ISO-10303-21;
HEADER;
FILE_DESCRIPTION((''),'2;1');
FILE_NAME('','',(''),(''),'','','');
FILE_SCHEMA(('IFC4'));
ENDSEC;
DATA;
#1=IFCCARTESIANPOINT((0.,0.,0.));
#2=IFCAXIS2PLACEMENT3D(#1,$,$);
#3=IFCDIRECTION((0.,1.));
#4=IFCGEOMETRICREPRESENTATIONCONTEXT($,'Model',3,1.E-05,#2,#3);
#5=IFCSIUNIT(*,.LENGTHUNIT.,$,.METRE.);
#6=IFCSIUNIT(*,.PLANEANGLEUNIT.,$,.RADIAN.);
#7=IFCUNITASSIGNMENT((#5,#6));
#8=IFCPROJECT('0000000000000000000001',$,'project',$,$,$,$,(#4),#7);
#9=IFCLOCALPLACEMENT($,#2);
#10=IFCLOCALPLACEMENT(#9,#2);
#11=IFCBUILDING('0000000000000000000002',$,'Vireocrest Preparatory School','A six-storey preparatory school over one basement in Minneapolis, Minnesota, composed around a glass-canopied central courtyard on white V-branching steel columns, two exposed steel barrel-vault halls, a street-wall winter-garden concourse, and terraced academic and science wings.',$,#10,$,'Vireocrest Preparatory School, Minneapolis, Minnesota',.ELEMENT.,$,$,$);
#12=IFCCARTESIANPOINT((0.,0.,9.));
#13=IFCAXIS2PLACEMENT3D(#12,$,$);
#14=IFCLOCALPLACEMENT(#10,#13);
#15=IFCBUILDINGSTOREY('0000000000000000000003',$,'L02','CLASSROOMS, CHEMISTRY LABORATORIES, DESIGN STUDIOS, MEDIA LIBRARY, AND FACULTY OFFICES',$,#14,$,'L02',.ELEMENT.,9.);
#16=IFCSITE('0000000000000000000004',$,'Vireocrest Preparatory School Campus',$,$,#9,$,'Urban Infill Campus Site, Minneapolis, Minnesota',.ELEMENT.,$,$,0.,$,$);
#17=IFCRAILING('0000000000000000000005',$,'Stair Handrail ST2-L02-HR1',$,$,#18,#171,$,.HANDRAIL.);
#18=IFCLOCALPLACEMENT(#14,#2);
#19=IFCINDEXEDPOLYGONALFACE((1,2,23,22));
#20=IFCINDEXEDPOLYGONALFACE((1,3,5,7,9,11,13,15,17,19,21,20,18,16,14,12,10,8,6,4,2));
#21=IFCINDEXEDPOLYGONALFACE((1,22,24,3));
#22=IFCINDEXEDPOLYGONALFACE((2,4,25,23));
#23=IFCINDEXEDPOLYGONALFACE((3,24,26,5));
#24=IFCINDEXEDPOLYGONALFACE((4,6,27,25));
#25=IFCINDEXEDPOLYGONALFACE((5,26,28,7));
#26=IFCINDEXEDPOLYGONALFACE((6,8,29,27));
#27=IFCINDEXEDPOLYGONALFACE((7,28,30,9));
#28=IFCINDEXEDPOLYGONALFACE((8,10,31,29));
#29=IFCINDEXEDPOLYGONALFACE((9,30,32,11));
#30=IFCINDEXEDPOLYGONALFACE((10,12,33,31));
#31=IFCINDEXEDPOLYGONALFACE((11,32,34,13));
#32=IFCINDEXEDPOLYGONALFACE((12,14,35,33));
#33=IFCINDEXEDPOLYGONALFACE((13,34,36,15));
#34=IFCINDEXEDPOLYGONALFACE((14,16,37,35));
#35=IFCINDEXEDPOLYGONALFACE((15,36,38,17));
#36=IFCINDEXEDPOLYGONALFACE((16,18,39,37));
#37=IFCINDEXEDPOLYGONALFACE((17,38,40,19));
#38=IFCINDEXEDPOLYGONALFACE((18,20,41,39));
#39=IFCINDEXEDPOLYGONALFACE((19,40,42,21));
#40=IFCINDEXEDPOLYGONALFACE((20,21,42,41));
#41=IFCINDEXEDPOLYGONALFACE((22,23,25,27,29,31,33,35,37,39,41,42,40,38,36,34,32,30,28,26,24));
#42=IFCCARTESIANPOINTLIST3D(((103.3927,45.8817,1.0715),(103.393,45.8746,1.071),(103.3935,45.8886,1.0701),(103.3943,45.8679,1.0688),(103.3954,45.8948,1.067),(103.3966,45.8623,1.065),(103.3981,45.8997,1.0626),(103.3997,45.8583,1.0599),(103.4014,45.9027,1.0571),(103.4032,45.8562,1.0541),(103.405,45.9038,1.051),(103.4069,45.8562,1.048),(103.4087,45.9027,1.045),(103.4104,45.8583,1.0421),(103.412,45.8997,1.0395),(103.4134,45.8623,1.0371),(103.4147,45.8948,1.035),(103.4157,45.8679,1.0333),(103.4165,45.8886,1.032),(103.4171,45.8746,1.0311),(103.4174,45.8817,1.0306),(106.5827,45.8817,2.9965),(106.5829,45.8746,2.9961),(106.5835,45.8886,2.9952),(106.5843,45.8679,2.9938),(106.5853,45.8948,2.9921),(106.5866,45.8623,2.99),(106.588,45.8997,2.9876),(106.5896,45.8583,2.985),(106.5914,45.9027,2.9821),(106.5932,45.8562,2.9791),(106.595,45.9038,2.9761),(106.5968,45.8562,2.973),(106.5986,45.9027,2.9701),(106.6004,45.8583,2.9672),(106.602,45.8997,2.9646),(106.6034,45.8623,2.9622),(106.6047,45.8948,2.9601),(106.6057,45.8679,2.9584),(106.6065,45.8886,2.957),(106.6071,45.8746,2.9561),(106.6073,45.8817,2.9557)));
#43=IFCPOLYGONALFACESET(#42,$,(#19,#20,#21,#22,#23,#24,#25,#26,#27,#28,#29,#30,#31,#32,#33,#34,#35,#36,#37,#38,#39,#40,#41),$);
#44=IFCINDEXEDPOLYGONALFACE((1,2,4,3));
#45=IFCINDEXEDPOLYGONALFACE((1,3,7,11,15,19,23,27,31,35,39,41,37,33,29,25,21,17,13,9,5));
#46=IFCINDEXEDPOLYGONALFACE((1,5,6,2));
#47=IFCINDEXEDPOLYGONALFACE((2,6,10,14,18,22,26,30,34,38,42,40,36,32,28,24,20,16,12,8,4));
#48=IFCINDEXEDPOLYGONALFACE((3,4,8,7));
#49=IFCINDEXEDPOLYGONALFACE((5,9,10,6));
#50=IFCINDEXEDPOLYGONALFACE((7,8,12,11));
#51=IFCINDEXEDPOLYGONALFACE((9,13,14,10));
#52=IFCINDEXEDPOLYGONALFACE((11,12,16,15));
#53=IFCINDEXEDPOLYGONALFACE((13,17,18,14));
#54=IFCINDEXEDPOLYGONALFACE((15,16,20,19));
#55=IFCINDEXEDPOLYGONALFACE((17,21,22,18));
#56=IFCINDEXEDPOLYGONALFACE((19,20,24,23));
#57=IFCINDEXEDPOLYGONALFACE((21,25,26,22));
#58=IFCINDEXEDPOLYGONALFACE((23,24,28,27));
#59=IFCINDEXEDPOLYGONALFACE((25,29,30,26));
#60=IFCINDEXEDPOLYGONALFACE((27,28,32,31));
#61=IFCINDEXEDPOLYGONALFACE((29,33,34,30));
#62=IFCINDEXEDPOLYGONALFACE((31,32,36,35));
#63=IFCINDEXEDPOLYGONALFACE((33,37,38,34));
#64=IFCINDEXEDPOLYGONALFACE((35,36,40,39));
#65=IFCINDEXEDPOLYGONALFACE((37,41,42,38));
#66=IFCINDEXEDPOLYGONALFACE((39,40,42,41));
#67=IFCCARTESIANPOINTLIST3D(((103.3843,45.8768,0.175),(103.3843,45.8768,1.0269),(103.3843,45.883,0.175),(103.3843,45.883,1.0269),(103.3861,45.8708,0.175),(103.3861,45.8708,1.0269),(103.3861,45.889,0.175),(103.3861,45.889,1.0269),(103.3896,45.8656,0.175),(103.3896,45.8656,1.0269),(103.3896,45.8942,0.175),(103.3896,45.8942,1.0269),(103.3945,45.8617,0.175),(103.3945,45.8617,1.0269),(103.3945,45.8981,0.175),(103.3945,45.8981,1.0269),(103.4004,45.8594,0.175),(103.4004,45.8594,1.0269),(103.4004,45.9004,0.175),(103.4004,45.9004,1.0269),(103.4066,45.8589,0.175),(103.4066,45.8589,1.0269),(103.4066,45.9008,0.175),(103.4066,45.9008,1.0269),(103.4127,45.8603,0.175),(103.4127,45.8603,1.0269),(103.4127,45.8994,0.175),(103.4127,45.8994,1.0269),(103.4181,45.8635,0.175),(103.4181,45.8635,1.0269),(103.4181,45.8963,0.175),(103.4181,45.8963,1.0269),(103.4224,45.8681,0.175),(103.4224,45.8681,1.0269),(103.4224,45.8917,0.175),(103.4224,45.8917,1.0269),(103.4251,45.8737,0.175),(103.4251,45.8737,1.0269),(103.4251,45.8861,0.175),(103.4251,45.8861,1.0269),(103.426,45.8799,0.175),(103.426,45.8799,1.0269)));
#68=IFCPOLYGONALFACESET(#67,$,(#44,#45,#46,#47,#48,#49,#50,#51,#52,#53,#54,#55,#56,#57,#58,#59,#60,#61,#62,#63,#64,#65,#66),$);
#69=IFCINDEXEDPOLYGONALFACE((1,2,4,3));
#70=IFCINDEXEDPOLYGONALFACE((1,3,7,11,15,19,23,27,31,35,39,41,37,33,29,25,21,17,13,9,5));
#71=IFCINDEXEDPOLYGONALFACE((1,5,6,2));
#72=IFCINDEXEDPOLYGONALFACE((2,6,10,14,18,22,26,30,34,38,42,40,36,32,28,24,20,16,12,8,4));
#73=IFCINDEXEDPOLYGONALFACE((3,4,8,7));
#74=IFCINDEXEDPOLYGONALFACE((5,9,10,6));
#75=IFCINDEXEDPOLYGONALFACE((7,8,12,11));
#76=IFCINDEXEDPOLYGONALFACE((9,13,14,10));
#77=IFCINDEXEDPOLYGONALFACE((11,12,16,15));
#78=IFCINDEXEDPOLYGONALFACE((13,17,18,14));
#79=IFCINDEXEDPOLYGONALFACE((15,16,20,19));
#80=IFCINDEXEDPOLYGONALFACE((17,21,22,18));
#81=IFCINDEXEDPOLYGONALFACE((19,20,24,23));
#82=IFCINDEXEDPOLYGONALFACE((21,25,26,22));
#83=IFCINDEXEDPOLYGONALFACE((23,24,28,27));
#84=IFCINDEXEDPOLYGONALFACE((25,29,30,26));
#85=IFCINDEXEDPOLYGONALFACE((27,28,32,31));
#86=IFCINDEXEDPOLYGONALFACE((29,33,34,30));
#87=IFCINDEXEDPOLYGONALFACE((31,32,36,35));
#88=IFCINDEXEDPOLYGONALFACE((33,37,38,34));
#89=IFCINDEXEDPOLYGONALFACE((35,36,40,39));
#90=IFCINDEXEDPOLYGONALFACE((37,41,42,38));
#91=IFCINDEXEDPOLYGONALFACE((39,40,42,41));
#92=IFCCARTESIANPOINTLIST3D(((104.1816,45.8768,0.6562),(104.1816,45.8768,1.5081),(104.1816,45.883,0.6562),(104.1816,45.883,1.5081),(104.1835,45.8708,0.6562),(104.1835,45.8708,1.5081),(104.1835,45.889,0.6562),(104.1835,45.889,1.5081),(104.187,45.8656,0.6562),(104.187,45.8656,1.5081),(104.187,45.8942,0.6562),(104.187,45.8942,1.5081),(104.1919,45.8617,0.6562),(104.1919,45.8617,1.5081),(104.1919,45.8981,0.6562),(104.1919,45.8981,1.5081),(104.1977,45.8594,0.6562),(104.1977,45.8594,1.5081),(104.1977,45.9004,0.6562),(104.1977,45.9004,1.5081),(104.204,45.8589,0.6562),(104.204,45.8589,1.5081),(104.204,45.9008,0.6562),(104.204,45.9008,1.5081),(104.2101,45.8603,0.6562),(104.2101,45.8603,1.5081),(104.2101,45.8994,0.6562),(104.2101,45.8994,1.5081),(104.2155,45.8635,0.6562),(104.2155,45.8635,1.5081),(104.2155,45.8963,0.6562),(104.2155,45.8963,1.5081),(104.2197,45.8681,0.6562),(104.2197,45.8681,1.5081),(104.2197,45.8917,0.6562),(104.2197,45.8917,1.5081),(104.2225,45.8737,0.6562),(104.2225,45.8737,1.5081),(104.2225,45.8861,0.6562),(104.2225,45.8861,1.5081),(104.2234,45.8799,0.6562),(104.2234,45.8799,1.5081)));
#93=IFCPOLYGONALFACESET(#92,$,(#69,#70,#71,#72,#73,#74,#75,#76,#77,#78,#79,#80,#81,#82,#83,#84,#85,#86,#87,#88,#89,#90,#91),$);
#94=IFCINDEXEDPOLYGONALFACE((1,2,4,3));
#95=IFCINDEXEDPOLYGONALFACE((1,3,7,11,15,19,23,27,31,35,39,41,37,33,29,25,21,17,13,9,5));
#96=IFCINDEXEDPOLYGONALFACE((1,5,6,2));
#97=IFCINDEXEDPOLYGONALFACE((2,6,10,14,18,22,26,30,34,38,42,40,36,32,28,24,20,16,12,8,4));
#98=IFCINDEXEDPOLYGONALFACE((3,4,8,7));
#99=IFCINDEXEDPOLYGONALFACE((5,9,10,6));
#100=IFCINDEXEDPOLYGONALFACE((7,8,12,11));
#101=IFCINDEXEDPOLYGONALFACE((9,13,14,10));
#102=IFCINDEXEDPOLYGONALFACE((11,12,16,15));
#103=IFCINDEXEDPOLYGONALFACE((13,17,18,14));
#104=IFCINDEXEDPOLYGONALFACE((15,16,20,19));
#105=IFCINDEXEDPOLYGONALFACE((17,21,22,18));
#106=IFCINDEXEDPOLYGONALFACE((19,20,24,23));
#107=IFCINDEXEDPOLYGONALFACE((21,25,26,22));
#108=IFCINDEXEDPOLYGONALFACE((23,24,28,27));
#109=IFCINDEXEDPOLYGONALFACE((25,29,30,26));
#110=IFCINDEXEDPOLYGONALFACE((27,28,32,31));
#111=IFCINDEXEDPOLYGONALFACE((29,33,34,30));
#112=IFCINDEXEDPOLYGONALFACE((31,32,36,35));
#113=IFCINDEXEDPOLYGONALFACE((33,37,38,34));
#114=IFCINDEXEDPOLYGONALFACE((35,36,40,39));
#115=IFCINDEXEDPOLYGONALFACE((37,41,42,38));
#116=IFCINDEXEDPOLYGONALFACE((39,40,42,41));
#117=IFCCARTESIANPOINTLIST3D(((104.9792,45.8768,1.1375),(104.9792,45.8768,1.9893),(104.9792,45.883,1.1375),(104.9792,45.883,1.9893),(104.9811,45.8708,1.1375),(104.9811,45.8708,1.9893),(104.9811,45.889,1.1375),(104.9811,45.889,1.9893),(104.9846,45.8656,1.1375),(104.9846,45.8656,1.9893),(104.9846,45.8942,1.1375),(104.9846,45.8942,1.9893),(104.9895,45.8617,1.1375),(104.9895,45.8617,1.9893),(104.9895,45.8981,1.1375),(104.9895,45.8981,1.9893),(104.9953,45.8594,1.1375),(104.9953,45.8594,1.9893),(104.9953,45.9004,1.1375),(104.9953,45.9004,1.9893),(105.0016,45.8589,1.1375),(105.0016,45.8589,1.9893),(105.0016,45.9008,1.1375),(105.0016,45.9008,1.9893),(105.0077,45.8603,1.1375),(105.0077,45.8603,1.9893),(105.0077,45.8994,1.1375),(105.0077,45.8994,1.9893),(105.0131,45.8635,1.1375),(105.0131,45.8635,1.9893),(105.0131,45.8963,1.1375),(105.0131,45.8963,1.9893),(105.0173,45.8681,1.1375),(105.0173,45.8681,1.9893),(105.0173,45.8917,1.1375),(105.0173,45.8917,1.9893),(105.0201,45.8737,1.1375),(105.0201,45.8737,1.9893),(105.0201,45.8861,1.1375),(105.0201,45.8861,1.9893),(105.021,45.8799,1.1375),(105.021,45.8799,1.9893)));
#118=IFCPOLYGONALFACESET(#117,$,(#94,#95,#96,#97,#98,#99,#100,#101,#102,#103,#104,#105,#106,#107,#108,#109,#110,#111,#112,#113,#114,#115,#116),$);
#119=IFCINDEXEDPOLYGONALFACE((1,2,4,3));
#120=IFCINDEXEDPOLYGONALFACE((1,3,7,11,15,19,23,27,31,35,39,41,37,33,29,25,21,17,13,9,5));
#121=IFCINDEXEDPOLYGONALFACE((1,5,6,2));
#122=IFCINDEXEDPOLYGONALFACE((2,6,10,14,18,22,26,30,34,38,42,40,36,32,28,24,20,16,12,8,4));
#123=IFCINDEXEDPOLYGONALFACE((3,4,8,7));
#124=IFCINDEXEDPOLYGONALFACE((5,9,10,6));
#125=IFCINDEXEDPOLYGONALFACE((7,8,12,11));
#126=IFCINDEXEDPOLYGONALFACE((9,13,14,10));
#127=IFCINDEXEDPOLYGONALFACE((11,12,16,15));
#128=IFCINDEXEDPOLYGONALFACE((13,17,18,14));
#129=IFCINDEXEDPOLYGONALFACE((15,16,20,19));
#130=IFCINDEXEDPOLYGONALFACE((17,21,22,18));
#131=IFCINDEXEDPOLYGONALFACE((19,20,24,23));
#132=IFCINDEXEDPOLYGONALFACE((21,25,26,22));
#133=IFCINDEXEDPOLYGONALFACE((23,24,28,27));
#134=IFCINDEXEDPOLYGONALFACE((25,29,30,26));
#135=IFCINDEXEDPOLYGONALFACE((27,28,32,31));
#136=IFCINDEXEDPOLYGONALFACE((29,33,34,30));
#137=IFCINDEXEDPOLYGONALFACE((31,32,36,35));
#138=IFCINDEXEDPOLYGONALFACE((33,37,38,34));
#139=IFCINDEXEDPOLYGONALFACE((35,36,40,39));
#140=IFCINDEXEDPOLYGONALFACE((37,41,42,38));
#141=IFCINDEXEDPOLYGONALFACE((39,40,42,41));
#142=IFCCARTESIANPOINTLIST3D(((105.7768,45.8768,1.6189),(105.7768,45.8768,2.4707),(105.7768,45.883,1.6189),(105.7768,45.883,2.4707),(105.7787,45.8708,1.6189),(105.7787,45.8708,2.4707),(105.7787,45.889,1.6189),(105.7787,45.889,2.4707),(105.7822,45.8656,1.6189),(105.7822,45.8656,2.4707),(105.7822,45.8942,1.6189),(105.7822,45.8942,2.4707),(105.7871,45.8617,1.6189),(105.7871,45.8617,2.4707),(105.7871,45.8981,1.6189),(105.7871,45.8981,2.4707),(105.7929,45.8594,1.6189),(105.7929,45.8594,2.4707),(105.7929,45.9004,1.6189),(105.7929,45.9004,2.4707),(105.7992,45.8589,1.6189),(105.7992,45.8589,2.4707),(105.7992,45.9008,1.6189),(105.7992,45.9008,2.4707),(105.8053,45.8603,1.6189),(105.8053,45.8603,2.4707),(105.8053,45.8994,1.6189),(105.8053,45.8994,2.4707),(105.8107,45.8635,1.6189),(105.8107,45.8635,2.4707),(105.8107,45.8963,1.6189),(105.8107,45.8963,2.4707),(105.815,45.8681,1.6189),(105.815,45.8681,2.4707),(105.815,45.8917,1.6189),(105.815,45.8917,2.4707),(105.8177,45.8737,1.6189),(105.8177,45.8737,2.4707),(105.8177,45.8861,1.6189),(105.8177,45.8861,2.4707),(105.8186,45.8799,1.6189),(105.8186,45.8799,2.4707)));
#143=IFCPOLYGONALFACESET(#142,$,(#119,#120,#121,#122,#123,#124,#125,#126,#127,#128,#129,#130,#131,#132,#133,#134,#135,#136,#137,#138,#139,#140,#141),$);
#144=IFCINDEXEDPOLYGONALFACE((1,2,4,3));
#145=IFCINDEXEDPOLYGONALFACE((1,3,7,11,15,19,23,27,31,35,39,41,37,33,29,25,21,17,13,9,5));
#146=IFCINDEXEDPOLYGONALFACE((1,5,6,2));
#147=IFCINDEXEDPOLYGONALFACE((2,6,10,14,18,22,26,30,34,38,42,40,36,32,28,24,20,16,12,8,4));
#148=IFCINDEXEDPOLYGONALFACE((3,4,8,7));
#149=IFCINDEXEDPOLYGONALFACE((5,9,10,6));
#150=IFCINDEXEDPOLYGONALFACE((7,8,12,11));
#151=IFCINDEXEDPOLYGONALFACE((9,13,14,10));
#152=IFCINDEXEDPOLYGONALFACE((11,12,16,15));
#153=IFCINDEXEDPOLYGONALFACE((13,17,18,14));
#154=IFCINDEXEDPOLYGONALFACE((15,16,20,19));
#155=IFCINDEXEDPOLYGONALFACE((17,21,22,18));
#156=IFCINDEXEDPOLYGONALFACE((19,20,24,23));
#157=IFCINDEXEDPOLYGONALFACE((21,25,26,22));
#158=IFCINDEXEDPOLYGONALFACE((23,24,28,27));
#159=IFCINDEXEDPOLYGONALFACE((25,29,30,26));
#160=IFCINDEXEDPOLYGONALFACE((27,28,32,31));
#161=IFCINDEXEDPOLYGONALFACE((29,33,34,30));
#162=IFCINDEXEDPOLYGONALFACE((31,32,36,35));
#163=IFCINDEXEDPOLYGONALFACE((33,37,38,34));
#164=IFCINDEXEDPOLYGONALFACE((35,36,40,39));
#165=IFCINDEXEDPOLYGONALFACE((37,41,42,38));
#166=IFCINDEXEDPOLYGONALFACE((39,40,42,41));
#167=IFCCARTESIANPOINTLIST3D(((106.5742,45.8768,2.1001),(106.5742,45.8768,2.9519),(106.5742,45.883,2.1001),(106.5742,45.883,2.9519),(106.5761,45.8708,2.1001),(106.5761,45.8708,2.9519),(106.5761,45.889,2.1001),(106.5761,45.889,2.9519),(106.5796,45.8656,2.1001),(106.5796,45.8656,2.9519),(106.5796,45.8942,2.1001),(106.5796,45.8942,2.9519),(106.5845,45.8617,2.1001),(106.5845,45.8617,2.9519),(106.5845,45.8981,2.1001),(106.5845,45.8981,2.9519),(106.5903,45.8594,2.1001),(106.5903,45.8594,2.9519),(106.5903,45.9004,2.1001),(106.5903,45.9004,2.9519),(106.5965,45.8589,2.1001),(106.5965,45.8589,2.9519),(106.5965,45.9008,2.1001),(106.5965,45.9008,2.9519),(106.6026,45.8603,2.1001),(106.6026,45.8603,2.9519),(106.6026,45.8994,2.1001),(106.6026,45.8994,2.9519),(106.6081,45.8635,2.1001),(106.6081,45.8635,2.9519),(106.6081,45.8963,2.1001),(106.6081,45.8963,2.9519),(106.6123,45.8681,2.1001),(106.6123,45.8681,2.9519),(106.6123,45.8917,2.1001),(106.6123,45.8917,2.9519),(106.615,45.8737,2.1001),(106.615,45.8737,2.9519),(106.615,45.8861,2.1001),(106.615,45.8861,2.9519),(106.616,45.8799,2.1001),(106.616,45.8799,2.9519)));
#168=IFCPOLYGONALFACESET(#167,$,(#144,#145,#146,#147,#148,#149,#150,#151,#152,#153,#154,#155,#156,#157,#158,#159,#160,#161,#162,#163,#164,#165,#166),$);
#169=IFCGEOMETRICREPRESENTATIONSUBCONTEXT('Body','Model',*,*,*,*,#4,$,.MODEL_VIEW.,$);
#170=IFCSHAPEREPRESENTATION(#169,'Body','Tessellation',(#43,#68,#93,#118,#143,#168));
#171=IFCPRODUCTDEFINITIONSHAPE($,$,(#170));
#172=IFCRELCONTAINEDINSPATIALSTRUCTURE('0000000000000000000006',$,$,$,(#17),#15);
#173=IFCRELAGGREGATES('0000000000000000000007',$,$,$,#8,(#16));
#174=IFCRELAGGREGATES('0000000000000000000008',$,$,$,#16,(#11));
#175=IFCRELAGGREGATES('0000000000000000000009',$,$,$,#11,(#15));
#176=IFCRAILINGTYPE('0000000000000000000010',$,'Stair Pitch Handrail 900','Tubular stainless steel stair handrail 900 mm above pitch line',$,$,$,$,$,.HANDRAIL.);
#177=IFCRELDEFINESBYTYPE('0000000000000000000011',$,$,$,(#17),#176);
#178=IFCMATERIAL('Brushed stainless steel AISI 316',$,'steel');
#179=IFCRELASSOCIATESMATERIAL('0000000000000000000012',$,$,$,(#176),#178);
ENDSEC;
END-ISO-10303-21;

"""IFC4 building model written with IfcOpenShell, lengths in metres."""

from ifc_helpers import new_model, si_unit, direction, frame, origin, origin_2d, place, context, subcontext, project, spatial, circle, extrude, material, type_object, element, save


model = new_model("IFC4")

# Units and contexts
model_context = context("Model", 3, precision=1e-05, world=origin(), true_north=direction((0.0, 1.0)))
body_context = subcontext(model_context, "Body", "Model", "MODEL_VIEW")
ifc_project = project(units=[si_unit("LENGTHUNIT", "METRE"), si_unit("PLANEANGLEUNIT", "RADIAN")], contexts=[model_context])

# Site, building, storey
site_placement = place(None, origin())
site = spatial("IfcSite", under=ifc_project, at=site_placement, Name="Vireocrest Preparatory School Campus", LongName="Urban Infill Campus Site, Minneapolis, Minnesota", CompositionType="ELEMENT", RefElevation=0.0)
building_placement = place(site_placement, origin())
building = spatial("IfcBuilding", under=site, at=building_placement, Name="Vireocrest Preparatory School", Description="A six-storey preparatory school over one basement in Minneapolis, Minnesota, composed around a glass-canopied central courtyard on white V-branching steel columns, two exposed steel barrel-vault halls, a street-wall winter-garden concourse, and terraced academic and science wings.", LongName="Vireocrest Preparatory School, Minneapolis, Minnesota", CompositionType="ELEMENT")
storey_placement = place(building_placement, frame((0.0, 0.0, 9.0)))
storey = spatial("IfcBuildingStorey", under=building, at=storey_placement, Name="L02", Description="CLASSROOMS, CHEMISTRY LABORATORIES, DESIGN STUDIOS, MEDIA LIBRARY, AND FACULTY OFFICES", LongName="L02", CompositionType="ELEMENT", Elevation=9.0)

# Railing
ifc_material_1 = material(Name="Brushed stainless steel AISI 316", Category="steel")
railing_type_1 = type_object("IfcRailingType", Name="Stair Pitch Handrail 900", Description="Tubular stainless steel stair handrail 900 mm above pitch line", PredefinedType="HANDRAIL", material=ifc_material_1)
railing_1_placement = place(storey_placement, frame((103.405, 45.8799, 0.175)))
element("IfcRailing", 1, at=railing_1_placement, inside=storey, type_object=railing_type_1, Name="Stair Handrail ST2-L02-HR1", PredefinedType="HANDRAIL", context=body_context, shape_type="SweptSolid", body=[
    extrude(circle(Radius=0.0239, at=origin_2d()), frame((0.0, 0.0, 0.876), z_axis=(0.856178, 0.0, 0.516682), x_axis=(0.0, 1.0, 0.0)), (0.0, 0.0, 1.0), 3.7258),
    extrude(circle(Radius=0.021, at=origin_2d()), origin(), (0.0, 0.0, 1.0), 0.8518),
    extrude(circle(Radius=0.021, at=origin_2d()), frame((0.7974, 0.0, 0.4812)), (0.0, 0.0, 1.0), 0.8518),
    extrude(circle(Radius=0.021, at=origin_2d()), frame((1.595, 0.0, 0.9624)), (0.0, 0.0, 1.0), 0.8518),
    extrude(circle(Radius=0.021, at=origin_2d()), frame((2.3926, 0.0, 1.4438)), (0.0, 0.0, 1.0), 0.8518),
    extrude(circle(Radius=0.021, at=origin_2d()), frame((3.1899, 0.0, 1.925)), (0.0, 0.0, 1.0), 0.8518),
])

save(model, "model.ifc")
